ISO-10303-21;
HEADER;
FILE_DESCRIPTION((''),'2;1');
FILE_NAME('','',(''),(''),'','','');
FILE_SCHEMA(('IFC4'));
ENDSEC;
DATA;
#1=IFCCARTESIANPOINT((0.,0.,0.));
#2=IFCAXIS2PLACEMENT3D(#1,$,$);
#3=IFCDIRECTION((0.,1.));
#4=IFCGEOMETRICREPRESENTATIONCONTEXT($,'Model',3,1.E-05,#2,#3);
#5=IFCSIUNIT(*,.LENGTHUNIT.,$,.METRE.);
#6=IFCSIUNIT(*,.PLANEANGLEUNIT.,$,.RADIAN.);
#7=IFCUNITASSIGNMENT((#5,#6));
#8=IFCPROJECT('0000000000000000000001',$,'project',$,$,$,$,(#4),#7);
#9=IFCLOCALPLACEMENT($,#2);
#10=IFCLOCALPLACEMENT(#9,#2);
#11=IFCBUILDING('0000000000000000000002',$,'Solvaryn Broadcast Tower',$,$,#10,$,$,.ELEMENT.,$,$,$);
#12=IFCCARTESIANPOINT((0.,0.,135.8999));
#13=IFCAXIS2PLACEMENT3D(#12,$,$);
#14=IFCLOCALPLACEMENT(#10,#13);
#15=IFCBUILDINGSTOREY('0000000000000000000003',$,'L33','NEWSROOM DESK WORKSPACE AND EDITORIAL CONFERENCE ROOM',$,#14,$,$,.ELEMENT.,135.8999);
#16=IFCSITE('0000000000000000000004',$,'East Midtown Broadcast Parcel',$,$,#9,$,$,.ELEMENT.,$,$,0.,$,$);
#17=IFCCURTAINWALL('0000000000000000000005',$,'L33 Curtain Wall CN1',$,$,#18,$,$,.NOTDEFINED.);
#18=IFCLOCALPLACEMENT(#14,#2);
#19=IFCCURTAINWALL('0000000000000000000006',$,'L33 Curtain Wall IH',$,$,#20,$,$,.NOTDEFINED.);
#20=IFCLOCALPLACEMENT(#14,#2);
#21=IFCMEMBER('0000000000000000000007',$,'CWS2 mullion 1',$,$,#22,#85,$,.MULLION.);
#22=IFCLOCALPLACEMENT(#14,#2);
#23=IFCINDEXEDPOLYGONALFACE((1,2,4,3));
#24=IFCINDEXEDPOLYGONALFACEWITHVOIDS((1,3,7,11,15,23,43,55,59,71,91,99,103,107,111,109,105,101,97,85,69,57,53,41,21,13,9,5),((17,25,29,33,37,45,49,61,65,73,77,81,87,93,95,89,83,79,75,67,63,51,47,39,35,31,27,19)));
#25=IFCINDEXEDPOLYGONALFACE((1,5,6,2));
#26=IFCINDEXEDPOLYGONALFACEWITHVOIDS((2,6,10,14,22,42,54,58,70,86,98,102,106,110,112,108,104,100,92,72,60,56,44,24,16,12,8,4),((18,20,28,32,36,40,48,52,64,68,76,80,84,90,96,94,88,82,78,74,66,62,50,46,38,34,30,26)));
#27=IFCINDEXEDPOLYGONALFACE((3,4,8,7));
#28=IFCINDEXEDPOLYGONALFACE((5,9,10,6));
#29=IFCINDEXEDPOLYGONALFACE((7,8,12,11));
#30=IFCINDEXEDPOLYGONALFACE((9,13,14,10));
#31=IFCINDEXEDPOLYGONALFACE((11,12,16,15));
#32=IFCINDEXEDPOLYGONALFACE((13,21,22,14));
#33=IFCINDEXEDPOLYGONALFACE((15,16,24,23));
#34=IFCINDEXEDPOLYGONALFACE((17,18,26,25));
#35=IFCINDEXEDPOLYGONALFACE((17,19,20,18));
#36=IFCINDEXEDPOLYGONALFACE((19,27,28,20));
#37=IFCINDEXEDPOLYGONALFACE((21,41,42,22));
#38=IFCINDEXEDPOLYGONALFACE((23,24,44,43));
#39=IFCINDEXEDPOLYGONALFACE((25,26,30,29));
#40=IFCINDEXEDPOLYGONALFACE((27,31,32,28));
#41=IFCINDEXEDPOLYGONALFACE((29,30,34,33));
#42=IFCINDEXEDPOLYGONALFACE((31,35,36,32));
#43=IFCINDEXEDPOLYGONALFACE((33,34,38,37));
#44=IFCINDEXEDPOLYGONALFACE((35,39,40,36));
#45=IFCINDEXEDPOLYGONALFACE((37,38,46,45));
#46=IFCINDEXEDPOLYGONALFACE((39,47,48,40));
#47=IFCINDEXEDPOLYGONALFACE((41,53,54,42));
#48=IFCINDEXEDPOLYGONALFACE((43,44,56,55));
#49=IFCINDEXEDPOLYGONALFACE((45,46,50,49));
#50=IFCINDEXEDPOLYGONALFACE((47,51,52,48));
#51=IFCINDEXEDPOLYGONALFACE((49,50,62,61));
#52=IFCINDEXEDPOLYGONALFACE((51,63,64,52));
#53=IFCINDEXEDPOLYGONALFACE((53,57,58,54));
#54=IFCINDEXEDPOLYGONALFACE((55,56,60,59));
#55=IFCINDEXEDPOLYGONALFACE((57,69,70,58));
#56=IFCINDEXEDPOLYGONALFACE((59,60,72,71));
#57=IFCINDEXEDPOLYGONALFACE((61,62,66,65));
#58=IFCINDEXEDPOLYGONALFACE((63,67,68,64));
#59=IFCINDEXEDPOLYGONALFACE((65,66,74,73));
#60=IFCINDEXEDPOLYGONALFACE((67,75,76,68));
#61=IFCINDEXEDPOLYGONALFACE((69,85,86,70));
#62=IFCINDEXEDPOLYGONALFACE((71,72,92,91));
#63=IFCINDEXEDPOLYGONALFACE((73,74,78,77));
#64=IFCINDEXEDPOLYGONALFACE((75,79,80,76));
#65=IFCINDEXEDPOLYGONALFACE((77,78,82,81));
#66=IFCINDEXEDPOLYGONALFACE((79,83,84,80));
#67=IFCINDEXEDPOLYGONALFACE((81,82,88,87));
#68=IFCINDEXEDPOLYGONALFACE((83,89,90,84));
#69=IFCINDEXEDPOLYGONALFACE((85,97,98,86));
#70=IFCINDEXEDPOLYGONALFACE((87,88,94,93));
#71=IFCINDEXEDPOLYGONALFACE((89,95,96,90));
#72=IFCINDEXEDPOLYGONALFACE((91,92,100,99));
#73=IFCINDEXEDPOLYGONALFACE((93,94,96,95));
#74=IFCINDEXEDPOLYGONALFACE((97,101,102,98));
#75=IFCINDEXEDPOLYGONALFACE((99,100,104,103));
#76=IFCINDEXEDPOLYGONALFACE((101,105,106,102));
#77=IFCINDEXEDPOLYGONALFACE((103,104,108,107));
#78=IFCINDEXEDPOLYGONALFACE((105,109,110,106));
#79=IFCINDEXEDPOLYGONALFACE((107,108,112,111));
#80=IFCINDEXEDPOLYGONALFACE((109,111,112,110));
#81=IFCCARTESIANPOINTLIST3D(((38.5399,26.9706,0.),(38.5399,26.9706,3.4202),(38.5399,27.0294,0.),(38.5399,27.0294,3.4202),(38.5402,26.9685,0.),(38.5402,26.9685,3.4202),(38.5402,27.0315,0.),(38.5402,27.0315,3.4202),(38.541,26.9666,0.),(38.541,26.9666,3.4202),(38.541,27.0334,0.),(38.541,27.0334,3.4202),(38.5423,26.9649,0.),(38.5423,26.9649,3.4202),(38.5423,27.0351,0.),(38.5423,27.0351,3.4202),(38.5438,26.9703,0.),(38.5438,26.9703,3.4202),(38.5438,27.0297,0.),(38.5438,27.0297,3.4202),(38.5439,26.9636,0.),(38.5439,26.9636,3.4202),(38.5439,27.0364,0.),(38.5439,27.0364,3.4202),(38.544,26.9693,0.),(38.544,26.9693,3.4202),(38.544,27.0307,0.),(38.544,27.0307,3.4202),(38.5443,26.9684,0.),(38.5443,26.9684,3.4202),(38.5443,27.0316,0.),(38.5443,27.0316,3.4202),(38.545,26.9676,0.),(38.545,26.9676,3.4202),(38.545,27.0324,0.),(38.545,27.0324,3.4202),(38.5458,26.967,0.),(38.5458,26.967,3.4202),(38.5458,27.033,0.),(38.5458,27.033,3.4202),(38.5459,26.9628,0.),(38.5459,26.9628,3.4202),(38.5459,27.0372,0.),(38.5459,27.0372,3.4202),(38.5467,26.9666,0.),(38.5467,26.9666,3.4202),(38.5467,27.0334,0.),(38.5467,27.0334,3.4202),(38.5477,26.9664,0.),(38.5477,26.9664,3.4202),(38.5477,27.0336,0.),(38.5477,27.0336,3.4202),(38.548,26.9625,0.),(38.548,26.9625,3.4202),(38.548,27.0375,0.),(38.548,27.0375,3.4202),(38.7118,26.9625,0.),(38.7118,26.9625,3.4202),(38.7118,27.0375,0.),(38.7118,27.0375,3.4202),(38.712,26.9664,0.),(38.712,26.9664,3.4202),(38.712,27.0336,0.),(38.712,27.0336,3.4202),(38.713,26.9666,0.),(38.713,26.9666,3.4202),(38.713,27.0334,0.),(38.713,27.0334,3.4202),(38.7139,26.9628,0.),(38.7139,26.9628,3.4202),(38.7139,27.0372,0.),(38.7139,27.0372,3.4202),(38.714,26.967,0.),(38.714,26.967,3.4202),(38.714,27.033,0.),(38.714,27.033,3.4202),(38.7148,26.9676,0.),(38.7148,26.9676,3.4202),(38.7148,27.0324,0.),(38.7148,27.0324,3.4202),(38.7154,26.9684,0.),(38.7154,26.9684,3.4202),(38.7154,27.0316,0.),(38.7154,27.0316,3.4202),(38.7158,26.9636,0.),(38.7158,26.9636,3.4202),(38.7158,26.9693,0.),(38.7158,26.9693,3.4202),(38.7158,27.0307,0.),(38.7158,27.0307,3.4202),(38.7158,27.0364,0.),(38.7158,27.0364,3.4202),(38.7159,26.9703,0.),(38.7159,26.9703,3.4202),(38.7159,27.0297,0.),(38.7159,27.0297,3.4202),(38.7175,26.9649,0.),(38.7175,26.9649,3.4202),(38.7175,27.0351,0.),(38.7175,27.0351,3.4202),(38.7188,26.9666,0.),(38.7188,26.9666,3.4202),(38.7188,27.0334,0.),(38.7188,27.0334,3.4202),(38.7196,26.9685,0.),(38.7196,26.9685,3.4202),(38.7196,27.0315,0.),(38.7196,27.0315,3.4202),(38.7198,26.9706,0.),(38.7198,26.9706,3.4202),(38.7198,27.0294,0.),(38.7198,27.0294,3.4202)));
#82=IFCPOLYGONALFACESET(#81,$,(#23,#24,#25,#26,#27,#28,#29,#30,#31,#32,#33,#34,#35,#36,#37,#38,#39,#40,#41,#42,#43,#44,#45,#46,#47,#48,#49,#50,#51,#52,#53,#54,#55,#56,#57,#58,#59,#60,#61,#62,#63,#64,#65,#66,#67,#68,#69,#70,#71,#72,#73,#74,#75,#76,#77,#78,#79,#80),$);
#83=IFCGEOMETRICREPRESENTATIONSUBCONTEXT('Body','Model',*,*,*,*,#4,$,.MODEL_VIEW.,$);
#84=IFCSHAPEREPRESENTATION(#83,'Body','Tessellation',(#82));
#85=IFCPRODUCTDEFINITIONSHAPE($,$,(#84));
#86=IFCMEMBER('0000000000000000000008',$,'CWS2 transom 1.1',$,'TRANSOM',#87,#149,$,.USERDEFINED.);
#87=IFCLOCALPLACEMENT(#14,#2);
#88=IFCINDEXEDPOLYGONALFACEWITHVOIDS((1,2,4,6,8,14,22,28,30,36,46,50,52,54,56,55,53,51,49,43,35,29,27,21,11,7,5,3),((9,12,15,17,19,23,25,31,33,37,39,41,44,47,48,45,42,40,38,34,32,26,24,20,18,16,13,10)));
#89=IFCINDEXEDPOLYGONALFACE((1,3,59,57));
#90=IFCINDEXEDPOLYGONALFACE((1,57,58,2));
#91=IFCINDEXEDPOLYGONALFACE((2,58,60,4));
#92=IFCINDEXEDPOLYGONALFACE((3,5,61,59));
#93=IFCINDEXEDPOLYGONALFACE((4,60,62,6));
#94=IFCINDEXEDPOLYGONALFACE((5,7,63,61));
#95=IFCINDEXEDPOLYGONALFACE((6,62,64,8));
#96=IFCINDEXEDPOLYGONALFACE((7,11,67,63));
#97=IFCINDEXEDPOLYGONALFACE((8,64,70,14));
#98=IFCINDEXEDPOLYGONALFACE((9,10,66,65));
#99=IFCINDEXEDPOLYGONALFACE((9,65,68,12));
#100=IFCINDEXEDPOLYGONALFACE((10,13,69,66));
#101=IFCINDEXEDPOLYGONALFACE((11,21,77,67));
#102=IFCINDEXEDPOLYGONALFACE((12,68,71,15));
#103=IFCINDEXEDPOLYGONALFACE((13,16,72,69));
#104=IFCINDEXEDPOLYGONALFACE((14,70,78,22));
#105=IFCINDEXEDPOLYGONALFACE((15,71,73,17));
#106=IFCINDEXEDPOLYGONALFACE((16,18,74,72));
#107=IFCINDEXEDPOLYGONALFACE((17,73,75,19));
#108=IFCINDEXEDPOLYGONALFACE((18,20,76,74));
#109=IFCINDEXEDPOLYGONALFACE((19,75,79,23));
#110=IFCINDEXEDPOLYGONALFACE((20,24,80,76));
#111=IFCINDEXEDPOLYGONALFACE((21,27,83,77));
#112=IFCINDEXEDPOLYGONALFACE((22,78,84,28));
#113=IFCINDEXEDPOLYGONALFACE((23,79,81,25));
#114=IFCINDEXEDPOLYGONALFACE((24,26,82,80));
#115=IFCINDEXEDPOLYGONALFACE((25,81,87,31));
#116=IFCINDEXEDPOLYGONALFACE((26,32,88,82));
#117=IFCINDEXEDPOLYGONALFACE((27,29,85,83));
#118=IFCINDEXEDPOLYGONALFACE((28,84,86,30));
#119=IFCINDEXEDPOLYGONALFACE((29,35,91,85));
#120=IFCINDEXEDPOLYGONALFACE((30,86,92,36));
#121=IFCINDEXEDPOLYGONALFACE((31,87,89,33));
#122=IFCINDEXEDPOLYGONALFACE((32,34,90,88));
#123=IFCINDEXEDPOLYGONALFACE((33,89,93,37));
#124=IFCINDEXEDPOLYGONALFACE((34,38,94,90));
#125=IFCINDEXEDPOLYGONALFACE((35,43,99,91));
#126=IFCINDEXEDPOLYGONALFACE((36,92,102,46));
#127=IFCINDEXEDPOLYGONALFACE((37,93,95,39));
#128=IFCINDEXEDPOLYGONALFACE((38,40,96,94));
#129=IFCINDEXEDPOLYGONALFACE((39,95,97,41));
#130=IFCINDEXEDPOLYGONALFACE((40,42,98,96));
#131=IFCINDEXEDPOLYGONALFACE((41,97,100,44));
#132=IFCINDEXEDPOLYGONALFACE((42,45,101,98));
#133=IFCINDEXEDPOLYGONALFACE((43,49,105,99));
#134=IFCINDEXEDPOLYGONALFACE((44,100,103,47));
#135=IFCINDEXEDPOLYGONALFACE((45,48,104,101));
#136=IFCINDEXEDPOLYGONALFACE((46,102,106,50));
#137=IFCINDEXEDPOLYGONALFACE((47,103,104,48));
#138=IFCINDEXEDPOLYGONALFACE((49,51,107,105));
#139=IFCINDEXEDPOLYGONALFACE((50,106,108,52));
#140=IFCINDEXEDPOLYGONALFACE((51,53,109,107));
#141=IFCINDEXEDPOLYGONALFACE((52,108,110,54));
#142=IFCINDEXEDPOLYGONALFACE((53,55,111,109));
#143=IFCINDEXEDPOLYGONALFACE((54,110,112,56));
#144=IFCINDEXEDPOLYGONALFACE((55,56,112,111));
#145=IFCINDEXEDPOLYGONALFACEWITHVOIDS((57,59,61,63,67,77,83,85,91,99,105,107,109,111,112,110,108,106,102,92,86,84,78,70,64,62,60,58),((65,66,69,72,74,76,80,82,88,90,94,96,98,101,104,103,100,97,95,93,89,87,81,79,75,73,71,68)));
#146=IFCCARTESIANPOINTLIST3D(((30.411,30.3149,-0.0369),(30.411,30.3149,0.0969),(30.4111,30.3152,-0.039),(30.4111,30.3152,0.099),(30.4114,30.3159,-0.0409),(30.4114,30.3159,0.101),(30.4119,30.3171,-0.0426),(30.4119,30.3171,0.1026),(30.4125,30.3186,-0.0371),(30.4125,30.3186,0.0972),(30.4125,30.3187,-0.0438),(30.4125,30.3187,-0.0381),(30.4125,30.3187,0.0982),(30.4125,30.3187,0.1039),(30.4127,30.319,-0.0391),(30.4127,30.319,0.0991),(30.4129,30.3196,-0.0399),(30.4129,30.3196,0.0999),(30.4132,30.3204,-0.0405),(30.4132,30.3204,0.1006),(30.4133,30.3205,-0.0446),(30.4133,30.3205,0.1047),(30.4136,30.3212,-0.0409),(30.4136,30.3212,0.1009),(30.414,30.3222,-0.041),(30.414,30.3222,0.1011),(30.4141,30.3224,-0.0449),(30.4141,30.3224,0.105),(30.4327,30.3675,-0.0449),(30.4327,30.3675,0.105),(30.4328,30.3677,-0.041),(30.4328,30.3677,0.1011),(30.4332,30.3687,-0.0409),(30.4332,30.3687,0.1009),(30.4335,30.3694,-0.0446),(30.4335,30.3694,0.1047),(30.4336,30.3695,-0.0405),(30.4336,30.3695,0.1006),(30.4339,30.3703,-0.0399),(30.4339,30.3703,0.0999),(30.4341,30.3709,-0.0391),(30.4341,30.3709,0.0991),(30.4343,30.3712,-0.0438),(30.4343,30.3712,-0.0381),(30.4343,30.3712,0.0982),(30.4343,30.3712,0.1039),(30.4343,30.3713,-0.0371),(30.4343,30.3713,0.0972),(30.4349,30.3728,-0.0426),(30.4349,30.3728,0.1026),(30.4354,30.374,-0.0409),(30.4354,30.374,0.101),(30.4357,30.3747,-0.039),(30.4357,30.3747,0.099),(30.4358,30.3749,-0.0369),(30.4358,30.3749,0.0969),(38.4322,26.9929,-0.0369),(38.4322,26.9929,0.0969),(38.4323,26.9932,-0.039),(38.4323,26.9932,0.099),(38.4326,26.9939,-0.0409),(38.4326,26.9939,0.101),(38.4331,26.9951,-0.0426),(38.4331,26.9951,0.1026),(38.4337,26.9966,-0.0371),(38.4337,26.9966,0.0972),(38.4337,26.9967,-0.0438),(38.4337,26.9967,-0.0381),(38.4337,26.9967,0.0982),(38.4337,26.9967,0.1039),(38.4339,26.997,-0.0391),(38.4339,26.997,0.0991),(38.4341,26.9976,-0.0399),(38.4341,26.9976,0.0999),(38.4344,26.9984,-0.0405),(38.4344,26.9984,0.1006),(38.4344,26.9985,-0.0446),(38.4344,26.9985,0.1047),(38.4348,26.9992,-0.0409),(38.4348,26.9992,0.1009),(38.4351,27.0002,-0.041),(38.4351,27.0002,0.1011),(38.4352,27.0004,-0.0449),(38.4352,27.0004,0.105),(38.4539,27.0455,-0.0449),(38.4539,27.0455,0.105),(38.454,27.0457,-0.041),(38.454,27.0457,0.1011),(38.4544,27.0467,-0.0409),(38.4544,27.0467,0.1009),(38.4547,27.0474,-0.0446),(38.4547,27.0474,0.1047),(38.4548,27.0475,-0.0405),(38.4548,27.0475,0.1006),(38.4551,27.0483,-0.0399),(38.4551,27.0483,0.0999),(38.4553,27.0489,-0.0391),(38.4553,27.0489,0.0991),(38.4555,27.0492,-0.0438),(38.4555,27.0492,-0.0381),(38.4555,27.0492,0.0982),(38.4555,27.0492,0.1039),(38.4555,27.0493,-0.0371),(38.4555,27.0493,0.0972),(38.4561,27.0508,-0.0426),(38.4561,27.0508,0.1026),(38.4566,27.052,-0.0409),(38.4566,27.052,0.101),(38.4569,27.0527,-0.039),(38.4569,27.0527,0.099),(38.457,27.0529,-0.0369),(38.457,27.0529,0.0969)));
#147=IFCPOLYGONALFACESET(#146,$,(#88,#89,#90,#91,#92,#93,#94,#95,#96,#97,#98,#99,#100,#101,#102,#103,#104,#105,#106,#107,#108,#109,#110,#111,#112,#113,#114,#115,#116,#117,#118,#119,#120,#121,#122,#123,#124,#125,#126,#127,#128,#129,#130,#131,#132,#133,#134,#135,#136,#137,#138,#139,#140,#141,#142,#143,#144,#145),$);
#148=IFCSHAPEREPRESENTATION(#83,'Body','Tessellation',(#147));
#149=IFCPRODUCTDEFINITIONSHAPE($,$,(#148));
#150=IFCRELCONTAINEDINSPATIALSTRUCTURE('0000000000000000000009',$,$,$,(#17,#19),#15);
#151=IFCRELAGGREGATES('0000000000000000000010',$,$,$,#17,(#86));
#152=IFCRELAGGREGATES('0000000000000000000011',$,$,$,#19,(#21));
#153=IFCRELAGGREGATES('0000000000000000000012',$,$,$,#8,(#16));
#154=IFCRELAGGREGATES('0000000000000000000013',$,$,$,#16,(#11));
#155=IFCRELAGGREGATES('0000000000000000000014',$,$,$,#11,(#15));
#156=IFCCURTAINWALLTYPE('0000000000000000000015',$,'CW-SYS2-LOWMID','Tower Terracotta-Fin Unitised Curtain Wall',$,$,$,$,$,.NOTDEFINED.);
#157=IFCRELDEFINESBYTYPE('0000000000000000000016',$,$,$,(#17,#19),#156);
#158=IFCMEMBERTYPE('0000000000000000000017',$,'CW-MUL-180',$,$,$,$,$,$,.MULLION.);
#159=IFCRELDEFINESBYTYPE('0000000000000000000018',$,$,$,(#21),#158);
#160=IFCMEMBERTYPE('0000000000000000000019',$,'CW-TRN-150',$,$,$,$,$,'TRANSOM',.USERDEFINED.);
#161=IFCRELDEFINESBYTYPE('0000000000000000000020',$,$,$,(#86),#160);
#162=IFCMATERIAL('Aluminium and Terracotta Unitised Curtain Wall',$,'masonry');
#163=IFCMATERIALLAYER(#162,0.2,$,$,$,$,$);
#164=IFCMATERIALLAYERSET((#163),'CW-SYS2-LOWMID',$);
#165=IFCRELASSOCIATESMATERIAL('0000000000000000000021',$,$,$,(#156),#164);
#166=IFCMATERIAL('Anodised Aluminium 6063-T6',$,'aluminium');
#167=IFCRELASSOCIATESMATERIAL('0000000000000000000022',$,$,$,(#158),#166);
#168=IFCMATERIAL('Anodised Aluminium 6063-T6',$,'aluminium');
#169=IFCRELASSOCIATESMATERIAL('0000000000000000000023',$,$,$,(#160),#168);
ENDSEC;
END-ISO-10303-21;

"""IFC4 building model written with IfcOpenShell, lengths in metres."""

from ifc_helpers import new_model, si_unit, direction, frame, origin, origin_2d, place, context, subcontext, project, spatial, hollow_rectangle, extrude, material, layer, layer_set, material_profile, profile_set, type_object, element, aggregate, save


model = new_model("IFC4")

# Units and contexts
model_context = context("Model", 3, precision=1e-05, world=origin(), true_north=direction((0.0, 1.0)))
body_context = subcontext(model_context, "Body", "Model", "MODEL_VIEW")
ifc_project = project(units=[si_unit("LENGTHUNIT", "METRE"), si_unit("PLANEANGLEUNIT", "RADIAN")], contexts=[model_context])

# Site, building, storey
site_placement = place(None, origin())
site = spatial("IfcSite", under=ifc_project, at=site_placement, Name="East Midtown Broadcast Parcel", CompositionType="ELEMENT", RefElevation=0.0)
building_placement = place(site_placement, origin())
building = spatial("IfcBuilding", under=site, at=building_placement, Name="Solvaryn Broadcast Tower", CompositionType="ELEMENT")
storey_placement = place(building_placement, frame((0.0, 0.0, 135.8999)))
storey = spatial("IfcBuildingStorey", under=building, at=storey_placement, Name="L33", Description="NEWSROOM DESK WORKSPACE AND EDITORIAL CONFERENCE ROOM", CompositionType="ELEMENT", Elevation=135.8999)

# Curtain walls, member
ifc_material_1 = material(Name="Aluminium and Terracotta Unitised Curtain Wall", Category="masonry")
ifc_layer_1 = layer(ifc_material_1, 0.2)
ifc_layer_set_1 = layer_set([ifc_layer_1], Name="CW-SYS2-LOWMID")
curtain_wall_type = type_object("IfcCurtainWallType", Name="CW-SYS2-LOWMID", Description="Tower Terracotta-Fin Unitised Curtain Wall", PredefinedType="NOTDEFINED", material=ifc_layer_set_1)
curtain_wall_1_placement = place(storey_placement, origin())
curtain_wall_1 = element("IfcCurtainWall", 1, at=curtain_wall_1_placement, inside=storey, type_object=curtain_wall_type, Name="L33 Curtain Wall CN1", PredefinedType="NOTDEFINED")
ifc_material_2 = material(Name="Anodised Aluminium 6063-T6", Category="aluminium")
ifc_material_profile_1 = material_profile(ifc_material_2, hollow_rectangle(XDim=0.075, YDim=0.1799, WallThickness=0.0039, InnerFilletRadius=0.0039, OuterFilletRadius=0.0081, at=origin_2d()))
ifc_profile_set_1 = profile_set([ifc_material_profile_1], Name="Anodised Aluminium 6063-T6")
member_type_1 = type_object("IfcMemberType", Name="CW-MUL-180", PredefinedType="MULLION", material=ifc_profile_set_1)
curtain_wall_2_placement = place(storey_placement, origin())
curtain_wall_2 = element("IfcCurtainWall", 2, at=curtain_wall_2_placement, inside=storey, type_object=curtain_wall_type, Name="L33 Curtain Wall IH", PredefinedType="NOTDEFINED")
member_1_placement = place(storey_placement, frame((38.6299, 27.0, 0.0), z_axis=(0.0, 0.0, 1.0), x_axis=(0.0, 1.0, 0.0)))
member_1 = element("IfcMember", 3, at=member_1_placement, type_object=member_type_1, Name="CWS2 mullion 1", PredefinedType="MULLION", context=body_context, shape_type="SweptSolid", body=[
    extrude(hollow_rectangle(XDim=0.075, YDim=0.1799, WallThickness=0.0039, InnerFilletRadius=0.0039, OuterFilletRadius=0.0081, at=origin_2d()), origin(), (0.0, 0.0, 1.0), 3.4202),
])

# Member
ifc_material_3 = material(Name="Anodised Aluminium 6063-T6", Category="aluminium")
ifc_material_profile_2 = material_profile(ifc_material_3, hollow_rectangle(XDim=0.0649, YDim=0.1499, WallThickness=0.0039, InnerFilletRadius=0.0039, OuterFilletRadius=0.0081, at=origin_2d()))
ifc_profile_set_2 = profile_set([ifc_material_profile_2], Name="Anodised Aluminium 6063-T6")
member_type_2 = type_object("IfcMemberType", Name="CW-TRN-150", ElementType="TRANSOM", PredefinedType="USERDEFINED", material=ifc_profile_set_2)
member_2_placement = place(storey_placement, frame((38.4446, 27.0229, 0.03), z_axis=(-0.923899, 0.382636, 0.0), x_axis=(-0.382636, -0.923899, 0.0)))
member_2 = element("IfcMember", 4, at=member_2_placement, type_object=member_type_2, Name="CWS2 transom 1.1", ObjectType="TRANSOM", PredefinedType="USERDEFINED", context=body_context, shape_type="SweptSolid", body=[
    extrude(hollow_rectangle(XDim=0.0649, YDim=0.1499, WallThickness=0.0039, InnerFilletRadius=0.0039, OuterFilletRadius=0.0081, at=origin_2d()), origin(), (0.0, 0.0, 1.0), 8.6819),
])
aggregate(curtain_wall_1, [member_2])
aggregate(curtain_wall_2, [member_1])

save(model, "model.ifc")
